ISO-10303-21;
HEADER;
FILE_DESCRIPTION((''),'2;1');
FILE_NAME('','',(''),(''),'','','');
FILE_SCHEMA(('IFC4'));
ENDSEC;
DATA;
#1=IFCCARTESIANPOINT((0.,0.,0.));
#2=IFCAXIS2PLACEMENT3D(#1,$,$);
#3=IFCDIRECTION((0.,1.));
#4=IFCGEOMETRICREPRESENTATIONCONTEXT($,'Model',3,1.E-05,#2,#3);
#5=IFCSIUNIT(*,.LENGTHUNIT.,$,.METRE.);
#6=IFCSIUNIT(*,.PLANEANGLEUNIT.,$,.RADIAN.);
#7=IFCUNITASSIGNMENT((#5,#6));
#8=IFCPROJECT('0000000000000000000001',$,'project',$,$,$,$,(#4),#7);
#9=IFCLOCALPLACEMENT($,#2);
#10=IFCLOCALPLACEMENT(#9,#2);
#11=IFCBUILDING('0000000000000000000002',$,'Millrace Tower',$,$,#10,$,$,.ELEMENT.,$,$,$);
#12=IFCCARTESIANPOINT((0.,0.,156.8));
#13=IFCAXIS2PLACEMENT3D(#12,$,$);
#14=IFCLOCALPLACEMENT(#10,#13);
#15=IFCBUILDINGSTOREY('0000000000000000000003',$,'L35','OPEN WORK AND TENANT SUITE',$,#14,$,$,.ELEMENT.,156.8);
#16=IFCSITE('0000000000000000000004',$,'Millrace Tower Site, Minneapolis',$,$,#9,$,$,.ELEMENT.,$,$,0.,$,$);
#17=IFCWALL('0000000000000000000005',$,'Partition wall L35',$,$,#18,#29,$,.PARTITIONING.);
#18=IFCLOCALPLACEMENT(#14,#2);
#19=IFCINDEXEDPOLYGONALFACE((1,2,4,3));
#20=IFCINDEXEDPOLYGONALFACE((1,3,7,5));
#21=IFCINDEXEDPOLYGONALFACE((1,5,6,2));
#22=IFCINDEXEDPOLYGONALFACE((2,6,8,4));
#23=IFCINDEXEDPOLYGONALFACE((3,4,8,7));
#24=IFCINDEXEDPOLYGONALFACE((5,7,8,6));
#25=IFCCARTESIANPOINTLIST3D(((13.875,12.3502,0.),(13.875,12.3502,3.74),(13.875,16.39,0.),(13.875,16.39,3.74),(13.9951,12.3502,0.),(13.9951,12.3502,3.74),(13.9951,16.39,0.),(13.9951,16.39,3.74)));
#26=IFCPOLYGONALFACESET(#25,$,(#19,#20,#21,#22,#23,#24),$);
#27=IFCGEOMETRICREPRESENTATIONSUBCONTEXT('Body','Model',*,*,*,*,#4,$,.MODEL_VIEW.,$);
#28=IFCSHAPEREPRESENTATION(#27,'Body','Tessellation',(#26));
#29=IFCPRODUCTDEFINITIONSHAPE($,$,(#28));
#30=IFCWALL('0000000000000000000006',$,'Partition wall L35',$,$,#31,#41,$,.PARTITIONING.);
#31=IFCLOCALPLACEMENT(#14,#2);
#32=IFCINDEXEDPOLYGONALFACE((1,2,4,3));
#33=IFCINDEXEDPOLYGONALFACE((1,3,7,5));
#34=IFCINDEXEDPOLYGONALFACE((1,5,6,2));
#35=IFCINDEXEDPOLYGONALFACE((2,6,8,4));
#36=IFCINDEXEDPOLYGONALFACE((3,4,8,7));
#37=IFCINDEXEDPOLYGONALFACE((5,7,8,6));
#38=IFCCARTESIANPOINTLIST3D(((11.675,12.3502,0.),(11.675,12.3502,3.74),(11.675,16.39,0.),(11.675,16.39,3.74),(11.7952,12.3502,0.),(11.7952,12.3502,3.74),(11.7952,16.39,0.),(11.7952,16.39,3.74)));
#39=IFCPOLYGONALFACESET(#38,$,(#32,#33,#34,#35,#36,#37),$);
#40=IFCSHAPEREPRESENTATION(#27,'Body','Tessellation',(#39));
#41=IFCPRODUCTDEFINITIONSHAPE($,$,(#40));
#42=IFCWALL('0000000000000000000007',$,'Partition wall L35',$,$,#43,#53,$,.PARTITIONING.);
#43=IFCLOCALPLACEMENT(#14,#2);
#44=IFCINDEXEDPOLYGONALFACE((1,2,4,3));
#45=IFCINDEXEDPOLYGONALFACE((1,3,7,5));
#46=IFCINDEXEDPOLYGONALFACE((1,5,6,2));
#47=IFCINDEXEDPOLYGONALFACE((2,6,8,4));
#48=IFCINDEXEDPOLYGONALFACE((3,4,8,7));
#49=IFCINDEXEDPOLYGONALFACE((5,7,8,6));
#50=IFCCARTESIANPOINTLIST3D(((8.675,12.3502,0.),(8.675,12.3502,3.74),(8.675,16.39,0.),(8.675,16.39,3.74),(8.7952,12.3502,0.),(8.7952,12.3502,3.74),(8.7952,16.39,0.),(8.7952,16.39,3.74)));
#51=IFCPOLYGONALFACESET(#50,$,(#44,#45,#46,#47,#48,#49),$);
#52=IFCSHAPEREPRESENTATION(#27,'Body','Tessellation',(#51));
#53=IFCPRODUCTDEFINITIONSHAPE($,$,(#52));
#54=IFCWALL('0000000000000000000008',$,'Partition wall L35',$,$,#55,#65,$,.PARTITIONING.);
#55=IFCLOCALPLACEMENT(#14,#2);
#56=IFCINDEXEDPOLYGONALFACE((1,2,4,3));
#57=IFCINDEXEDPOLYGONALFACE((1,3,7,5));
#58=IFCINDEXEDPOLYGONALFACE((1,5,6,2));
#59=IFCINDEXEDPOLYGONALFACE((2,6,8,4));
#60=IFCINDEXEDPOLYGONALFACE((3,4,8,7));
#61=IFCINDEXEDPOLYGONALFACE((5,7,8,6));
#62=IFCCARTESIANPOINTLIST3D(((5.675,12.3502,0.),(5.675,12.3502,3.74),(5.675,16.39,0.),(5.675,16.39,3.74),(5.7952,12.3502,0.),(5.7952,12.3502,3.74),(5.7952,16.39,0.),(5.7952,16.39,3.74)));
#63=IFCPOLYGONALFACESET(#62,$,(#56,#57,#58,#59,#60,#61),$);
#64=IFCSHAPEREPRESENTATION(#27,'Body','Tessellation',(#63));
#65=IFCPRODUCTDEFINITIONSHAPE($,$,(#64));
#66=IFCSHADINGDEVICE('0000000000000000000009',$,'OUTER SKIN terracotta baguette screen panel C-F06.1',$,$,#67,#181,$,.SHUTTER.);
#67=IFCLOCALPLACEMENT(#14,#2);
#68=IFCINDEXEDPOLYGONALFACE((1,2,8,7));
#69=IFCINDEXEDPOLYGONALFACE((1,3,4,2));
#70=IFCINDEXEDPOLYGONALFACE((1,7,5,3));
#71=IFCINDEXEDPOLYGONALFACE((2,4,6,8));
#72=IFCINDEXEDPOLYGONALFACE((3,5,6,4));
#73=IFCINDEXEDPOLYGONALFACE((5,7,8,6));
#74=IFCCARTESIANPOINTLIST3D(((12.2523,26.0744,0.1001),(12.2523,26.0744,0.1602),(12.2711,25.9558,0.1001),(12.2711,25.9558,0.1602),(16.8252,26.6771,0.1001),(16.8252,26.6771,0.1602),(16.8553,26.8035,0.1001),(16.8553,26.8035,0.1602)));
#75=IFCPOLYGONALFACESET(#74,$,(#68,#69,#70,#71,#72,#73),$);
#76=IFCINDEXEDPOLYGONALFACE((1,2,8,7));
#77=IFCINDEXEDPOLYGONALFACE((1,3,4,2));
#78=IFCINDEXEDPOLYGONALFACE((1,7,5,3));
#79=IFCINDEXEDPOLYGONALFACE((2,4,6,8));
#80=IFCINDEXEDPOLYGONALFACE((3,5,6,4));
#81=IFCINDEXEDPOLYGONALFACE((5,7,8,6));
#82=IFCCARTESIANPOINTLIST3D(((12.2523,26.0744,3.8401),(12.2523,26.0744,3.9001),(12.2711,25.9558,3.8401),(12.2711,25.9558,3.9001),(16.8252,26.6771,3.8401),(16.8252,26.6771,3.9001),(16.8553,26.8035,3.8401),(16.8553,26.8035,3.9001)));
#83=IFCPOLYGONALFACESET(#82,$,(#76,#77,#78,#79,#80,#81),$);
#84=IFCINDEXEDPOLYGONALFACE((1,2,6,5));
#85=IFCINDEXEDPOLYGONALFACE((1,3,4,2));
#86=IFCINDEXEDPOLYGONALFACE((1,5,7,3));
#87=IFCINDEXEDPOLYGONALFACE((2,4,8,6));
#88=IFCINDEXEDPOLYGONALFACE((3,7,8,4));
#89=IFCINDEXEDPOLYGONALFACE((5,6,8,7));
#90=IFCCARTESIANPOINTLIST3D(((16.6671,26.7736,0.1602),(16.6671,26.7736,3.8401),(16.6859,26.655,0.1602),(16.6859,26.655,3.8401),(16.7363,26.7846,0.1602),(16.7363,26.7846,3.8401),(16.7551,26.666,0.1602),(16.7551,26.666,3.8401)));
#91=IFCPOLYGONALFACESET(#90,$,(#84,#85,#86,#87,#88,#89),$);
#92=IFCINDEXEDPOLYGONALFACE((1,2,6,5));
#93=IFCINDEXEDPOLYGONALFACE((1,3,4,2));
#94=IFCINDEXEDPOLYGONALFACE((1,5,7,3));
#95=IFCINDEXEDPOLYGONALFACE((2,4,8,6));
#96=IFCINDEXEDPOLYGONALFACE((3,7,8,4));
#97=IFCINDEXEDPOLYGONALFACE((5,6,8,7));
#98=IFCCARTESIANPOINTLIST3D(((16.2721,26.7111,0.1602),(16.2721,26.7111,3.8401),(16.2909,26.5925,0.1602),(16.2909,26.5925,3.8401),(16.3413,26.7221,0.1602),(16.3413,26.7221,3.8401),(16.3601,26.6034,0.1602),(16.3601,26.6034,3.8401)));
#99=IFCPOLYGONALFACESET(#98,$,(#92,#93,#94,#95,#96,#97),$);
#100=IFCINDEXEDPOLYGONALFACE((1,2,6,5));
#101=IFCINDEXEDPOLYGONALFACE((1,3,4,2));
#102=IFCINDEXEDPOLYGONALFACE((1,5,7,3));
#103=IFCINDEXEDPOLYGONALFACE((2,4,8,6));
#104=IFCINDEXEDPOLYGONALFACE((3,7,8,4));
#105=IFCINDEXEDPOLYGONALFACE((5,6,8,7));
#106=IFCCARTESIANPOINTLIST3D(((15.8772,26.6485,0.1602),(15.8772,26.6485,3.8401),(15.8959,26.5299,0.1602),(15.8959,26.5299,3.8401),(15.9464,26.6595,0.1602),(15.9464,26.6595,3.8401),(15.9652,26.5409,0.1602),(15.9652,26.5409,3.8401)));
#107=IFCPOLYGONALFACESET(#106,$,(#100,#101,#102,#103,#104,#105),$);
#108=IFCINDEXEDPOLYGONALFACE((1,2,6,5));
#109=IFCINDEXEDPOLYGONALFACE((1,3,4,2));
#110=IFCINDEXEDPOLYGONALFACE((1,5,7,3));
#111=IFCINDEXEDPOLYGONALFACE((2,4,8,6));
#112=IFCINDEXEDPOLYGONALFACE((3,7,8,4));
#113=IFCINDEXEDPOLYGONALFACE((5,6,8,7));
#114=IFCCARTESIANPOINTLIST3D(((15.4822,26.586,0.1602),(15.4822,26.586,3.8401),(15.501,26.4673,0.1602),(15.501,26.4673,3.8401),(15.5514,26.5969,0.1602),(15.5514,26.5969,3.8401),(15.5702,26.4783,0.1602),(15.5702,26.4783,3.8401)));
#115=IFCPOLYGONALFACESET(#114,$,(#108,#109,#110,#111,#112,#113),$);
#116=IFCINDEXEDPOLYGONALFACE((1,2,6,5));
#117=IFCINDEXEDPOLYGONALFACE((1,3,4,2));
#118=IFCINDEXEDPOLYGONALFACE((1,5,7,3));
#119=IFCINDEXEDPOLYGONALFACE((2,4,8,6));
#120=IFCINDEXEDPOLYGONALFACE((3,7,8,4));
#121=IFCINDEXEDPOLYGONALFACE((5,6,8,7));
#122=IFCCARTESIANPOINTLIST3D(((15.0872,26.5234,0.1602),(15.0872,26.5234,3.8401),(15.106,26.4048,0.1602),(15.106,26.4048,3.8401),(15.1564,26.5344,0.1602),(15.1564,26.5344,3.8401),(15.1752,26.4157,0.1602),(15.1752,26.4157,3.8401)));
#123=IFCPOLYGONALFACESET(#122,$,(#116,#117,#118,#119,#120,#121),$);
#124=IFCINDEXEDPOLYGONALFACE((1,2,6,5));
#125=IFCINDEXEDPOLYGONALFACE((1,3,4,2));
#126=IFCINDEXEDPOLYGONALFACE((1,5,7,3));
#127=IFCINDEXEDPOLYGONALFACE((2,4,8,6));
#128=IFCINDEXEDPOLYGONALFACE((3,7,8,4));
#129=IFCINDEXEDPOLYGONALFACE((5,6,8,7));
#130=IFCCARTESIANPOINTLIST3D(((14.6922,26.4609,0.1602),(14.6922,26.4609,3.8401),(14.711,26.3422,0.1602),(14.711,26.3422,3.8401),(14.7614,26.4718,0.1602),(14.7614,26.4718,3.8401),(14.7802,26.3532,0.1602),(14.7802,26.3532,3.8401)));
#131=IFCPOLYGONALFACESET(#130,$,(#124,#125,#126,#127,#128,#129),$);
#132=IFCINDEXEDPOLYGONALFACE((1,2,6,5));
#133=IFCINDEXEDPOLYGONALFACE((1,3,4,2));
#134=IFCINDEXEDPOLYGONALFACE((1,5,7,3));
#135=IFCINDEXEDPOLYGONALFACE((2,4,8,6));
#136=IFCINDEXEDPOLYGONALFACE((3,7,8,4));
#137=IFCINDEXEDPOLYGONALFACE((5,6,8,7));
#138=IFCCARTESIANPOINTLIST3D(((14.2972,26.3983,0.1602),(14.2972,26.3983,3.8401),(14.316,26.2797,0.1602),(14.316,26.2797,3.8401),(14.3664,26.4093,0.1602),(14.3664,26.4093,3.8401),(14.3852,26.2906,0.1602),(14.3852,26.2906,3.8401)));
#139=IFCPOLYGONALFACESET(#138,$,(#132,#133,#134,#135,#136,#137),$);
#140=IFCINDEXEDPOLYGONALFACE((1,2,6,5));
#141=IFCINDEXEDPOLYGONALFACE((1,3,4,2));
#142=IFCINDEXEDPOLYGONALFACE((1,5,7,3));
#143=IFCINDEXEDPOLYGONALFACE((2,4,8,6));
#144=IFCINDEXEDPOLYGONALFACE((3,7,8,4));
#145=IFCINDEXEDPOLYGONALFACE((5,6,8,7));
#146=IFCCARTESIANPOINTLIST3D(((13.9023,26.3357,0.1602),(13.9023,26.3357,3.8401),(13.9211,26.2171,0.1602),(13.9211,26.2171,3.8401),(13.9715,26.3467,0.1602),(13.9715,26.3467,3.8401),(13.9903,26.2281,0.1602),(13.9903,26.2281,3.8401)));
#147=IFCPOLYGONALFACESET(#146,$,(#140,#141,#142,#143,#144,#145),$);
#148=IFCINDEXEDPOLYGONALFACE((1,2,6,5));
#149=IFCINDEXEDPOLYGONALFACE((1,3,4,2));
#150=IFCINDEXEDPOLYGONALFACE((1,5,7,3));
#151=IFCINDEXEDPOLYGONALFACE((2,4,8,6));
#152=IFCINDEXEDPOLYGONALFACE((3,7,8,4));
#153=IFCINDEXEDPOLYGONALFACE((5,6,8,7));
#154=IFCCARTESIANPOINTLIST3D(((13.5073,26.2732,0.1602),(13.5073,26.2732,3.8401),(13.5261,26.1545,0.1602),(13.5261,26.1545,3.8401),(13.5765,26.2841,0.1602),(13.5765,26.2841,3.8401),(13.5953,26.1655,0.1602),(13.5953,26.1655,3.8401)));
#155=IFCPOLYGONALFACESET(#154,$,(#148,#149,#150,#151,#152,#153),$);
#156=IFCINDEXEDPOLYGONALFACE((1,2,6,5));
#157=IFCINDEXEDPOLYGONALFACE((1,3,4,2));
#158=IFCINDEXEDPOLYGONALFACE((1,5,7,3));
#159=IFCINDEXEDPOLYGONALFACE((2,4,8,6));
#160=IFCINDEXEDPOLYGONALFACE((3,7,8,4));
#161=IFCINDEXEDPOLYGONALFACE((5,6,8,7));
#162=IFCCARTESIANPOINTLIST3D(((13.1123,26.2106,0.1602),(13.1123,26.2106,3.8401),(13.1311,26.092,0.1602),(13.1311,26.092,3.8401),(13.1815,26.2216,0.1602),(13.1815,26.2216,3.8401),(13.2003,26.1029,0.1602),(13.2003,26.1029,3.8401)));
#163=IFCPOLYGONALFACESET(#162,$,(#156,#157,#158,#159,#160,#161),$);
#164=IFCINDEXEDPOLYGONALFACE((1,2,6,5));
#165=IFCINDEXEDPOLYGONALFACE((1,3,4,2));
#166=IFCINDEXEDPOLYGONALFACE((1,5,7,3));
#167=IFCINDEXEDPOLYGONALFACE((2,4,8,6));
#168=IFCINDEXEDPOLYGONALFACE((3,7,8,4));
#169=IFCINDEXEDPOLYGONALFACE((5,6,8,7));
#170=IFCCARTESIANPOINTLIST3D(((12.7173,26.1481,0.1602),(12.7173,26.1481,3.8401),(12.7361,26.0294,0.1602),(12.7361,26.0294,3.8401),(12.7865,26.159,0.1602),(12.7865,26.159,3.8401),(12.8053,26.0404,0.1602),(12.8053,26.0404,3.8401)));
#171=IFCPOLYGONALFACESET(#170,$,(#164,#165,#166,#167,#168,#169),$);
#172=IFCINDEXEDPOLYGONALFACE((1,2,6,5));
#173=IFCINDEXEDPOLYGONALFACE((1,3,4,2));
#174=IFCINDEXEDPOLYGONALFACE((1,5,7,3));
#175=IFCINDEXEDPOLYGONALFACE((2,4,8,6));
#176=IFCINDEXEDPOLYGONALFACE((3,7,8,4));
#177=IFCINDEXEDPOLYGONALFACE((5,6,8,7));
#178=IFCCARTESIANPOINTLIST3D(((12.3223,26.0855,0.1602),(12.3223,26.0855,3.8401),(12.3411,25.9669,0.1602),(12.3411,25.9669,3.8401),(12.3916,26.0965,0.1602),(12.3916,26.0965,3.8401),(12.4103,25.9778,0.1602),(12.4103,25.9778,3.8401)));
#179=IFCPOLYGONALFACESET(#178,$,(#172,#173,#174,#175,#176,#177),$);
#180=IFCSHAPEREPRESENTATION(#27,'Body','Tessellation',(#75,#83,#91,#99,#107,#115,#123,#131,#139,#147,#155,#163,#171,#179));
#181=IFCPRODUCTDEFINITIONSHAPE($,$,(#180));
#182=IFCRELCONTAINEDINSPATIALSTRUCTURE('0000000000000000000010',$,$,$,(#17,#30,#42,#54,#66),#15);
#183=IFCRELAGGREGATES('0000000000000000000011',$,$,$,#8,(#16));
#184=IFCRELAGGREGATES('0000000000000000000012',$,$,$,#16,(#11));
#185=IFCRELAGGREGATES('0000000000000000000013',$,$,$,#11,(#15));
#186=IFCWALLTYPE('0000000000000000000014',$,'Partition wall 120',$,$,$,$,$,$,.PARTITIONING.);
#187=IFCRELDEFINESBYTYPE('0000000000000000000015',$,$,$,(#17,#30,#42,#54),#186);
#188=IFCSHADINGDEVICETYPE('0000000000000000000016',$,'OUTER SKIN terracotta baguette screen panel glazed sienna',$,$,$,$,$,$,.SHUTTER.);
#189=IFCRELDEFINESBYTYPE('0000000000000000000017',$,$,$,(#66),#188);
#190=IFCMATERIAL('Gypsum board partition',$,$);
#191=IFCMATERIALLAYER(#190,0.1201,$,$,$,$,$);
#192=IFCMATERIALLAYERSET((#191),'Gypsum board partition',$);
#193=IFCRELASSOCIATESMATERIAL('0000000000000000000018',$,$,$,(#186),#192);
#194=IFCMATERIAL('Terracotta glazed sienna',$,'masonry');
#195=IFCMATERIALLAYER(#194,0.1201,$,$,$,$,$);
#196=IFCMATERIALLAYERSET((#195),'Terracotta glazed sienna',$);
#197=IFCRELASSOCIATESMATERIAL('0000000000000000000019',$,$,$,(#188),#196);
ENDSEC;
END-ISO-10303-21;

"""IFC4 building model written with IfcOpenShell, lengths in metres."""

from ifc_helpers import new_model, entity, si_unit, direction, frame, frame_2d, origin, place, context, subcontext, project, spatial, rectangle, extrude, source, transform, mapped, material, layer, layer_set, type_object, element, save


model = new_model("IFC4")

# Units and contexts
model_context = context("Model", 3, precision=1e-05, world=origin(), true_north=direction((0.0, 1.0)))
body_context = subcontext(model_context, "Body", "Model", "MODEL_VIEW")
ifc_project = project(units=[si_unit("LENGTHUNIT", "METRE"), si_unit("PLANEANGLEUNIT", "RADIAN")], contexts=[model_context])

# Site, building, storey
site_placement = place(None, origin())
site = spatial("IfcSite", under=ifc_project, at=site_placement, Name="Millrace Tower Site, Minneapolis", CompositionType="ELEMENT", RefElevation=0.0)
building_placement = place(site_placement, origin())
building = spatial("IfcBuilding", under=site, at=building_placement, Name="Millrace Tower", CompositionType="ELEMENT")
storey_placement = place(building_placement, frame((0.0, 0.0, 156.8)))
storey = spatial("IfcBuildingStorey", under=building, at=storey_placement, Name="L35", Description="OPEN WORK AND TENANT SUITE", CompositionType="ELEMENT", Elevation=156.8)

# Walls
ifc_material_1 = material(Name="Gypsum board partition")
ifc_layer_1 = layer(ifc_material_1, 0.1201)
ifc_layer_set_1 = layer_set([ifc_layer_1], Name="Gypsum board partition")
wall_type_1 = type_object("IfcWallType", Name="Partition wall 120", PredefinedType="PARTITIONING", material=ifc_layer_set_1)
for number, where, z_axis, x_axis, name in (
    (1, (13.9351, 12.3501, 0.0), (0.0, 0.0, 1.0), (0.0, 1.0, 0.0), "Partition wall L35"),
    (2, (11.7351, 12.3501, 0.0), (0.0, 0.0, 1.0), (0.0, 1.0, 0.0), "Partition wall L35"),
    (3, (8.7351, 12.3501, 0.0), (0.0, 0.0, 1.0), (0.0, 1.0, 0.0), "Partition wall L35"),
    (4, (5.7351, 12.3501, 0.0), (0.0, 0.0, 1.0), (0.0, 1.0, 0.0), "Partition wall L35"),
):
    element("IfcWall", number, at=place(storey_placement, frame(where, z_axis=z_axis, x_axis=x_axis)), inside=storey, type_object=wall_type_1, Name=name, PredefinedType="PARTITIONING", context=body_context, shape_type="SweptSolid", body=[
        extrude(rectangle(XDim=4.0398, YDim=0.1201, at=frame_2d((2.02, 0.0))), origin(), (0.0, 0.0, 1.0), 3.74),
    ])

# Shading device
ifc_material_2 = material(Name="Terracotta glazed sienna", Category="masonry")
ifc_layer_2 = layer(ifc_material_2, 0.1201)
ifc_layer_set_2 = layer_set([ifc_layer_2], Name="Terracotta glazed sienna")
shading_device_type = type_object("IfcShadingDeviceType", Name="OUTER SKIN terracotta baguette screen panel glazed sienna", PredefinedType="SHUTTER", material=ifc_layer_set_2)
cartesian_point_1 = entity("IfcCartesianPoint", [-2.293, 0.0601])
shared_polyline_1 = entity("IfcPolyline", [cartesian_point_1, entity("IfcCartesianPoint", [2.3179, 0.0601]), entity("IfcCartesianPoint", [2.3179, -0.0601]), entity("IfcCartesianPoint", [-2.3425, -0.0601]), cartesian_point_1])
shared_shape_1 = source(origin(), body_context, "Body", "SweptSolid", [
    entity("IfcExtrudedAreaSolid", entity("IfcArbitraryClosedProfileDef", "AREA", None, shared_polyline_1), entity("IfcAxis2Placement3D", entity("IfcCartesianPoint", [0.0, 0.0, 0.0])), entity("IfcDirection", [0.0, 0.0, 1.0]), 0.0601),
    entity("IfcExtrudedAreaSolid", entity("IfcArbitraryClosedProfileDef", "AREA", None, shared_polyline_1), entity("IfcAxis2Placement3D", entity("IfcCartesianPoint", [0.0, 0.0, 3.74])), entity("IfcDirection", [0.0, 0.0, 1.0]), 0.0601),
    extrude(rectangle(XDim=0.0701, YDim=0.1201, at=frame_2d((-2.187, 0.0))), frame((0.0, 0.0, 0.0601)), (0.0, 0.0, 1.0), 3.6799),
    extrude(rectangle(XDim=0.0701, YDim=0.1201, at=frame_2d((-1.7871, 0.0))), frame((0.0, 0.0, 0.0601)), (0.0, 0.0, 1.0), 3.6799),
    extrude(rectangle(XDim=0.0701, YDim=0.1201, at=frame_2d((-1.3872, 0.0))), frame((0.0, 0.0, 0.0601)), (0.0, 0.0, 1.0), 3.6799),
    extrude(rectangle(XDim=0.0701, YDim=0.1201, at=frame_2d((-0.9873, 0.0))), frame((0.0, 0.0, 0.0601)), (0.0, 0.0, 1.0), 3.6799),
    extrude(rectangle(XDim=0.0701, YDim=0.1201, at=frame_2d((-0.5874, 0.0))), frame((0.0, 0.0, 0.0601)), (0.0, 0.0, 1.0), 3.6799),
    extrude(rectangle(XDim=0.0701, YDim=0.1201, at=frame_2d((-0.1875, 0.0))), frame((0.0, 0.0, 0.0601)), (0.0, 0.0, 1.0), 3.6799),
    extrude(rectangle(XDim=0.0701, YDim=0.1201, at=frame_2d((0.2124, 0.0))), frame((0.0, 0.0, 0.0601)), (0.0, 0.0, 1.0), 3.6799),
    extrude(rectangle(XDim=0.0701, YDim=0.1201, at=frame_2d((0.6123, 0.0))), frame((0.0, 0.0, 0.0601)), (0.0, 0.0, 1.0), 3.6799),
    extrude(rectangle(XDim=0.0701, YDim=0.1201, at=frame_2d((1.0122, 0.0))), frame((0.0, 0.0, 0.0601)), (0.0, 0.0, 1.0), 3.6799),
    extrude(rectangle(XDim=0.0701, YDim=0.1201, at=frame_2d((1.4121, 0.0))), frame((0.0, 0.0, 0.0601)), (0.0, 0.0, 1.0), 3.6799),
    extrude(rectangle(XDim=0.0701, YDim=0.1201, at=frame_2d((1.812, 0.0))), frame((0.0, 0.0, 0.0601)), (0.0, 0.0, 1.0), 3.6799),
    extrude(rectangle(XDim=0.0701, YDim=0.1201, at=frame_2d((2.2119, 0.0))), frame((0.0, 0.0, 0.0601)), (0.0, 0.0, 1.0), 3.6799),
])
shading_device_placement = place(storey_placement, frame((14.551, 26.3777, 0.1001), z_axis=(0.0, 0.0, 1.0), x_axis=(-0.987688, -0.156434, 0.0)))
element("IfcShadingDevice", 5, at=shading_device_placement, inside=storey, type_object=shading_device_type, Name="OUTER SKIN terracotta baguette screen panel C-F06.1", PredefinedType="SHUTTER", context=body_context, shape_type="MappedRepresentation", body=[
    mapped(shared_shape_1, transform((0.0, 0.0, 0.0), scale=1.0)),
])

save(model, "model.ifc")
